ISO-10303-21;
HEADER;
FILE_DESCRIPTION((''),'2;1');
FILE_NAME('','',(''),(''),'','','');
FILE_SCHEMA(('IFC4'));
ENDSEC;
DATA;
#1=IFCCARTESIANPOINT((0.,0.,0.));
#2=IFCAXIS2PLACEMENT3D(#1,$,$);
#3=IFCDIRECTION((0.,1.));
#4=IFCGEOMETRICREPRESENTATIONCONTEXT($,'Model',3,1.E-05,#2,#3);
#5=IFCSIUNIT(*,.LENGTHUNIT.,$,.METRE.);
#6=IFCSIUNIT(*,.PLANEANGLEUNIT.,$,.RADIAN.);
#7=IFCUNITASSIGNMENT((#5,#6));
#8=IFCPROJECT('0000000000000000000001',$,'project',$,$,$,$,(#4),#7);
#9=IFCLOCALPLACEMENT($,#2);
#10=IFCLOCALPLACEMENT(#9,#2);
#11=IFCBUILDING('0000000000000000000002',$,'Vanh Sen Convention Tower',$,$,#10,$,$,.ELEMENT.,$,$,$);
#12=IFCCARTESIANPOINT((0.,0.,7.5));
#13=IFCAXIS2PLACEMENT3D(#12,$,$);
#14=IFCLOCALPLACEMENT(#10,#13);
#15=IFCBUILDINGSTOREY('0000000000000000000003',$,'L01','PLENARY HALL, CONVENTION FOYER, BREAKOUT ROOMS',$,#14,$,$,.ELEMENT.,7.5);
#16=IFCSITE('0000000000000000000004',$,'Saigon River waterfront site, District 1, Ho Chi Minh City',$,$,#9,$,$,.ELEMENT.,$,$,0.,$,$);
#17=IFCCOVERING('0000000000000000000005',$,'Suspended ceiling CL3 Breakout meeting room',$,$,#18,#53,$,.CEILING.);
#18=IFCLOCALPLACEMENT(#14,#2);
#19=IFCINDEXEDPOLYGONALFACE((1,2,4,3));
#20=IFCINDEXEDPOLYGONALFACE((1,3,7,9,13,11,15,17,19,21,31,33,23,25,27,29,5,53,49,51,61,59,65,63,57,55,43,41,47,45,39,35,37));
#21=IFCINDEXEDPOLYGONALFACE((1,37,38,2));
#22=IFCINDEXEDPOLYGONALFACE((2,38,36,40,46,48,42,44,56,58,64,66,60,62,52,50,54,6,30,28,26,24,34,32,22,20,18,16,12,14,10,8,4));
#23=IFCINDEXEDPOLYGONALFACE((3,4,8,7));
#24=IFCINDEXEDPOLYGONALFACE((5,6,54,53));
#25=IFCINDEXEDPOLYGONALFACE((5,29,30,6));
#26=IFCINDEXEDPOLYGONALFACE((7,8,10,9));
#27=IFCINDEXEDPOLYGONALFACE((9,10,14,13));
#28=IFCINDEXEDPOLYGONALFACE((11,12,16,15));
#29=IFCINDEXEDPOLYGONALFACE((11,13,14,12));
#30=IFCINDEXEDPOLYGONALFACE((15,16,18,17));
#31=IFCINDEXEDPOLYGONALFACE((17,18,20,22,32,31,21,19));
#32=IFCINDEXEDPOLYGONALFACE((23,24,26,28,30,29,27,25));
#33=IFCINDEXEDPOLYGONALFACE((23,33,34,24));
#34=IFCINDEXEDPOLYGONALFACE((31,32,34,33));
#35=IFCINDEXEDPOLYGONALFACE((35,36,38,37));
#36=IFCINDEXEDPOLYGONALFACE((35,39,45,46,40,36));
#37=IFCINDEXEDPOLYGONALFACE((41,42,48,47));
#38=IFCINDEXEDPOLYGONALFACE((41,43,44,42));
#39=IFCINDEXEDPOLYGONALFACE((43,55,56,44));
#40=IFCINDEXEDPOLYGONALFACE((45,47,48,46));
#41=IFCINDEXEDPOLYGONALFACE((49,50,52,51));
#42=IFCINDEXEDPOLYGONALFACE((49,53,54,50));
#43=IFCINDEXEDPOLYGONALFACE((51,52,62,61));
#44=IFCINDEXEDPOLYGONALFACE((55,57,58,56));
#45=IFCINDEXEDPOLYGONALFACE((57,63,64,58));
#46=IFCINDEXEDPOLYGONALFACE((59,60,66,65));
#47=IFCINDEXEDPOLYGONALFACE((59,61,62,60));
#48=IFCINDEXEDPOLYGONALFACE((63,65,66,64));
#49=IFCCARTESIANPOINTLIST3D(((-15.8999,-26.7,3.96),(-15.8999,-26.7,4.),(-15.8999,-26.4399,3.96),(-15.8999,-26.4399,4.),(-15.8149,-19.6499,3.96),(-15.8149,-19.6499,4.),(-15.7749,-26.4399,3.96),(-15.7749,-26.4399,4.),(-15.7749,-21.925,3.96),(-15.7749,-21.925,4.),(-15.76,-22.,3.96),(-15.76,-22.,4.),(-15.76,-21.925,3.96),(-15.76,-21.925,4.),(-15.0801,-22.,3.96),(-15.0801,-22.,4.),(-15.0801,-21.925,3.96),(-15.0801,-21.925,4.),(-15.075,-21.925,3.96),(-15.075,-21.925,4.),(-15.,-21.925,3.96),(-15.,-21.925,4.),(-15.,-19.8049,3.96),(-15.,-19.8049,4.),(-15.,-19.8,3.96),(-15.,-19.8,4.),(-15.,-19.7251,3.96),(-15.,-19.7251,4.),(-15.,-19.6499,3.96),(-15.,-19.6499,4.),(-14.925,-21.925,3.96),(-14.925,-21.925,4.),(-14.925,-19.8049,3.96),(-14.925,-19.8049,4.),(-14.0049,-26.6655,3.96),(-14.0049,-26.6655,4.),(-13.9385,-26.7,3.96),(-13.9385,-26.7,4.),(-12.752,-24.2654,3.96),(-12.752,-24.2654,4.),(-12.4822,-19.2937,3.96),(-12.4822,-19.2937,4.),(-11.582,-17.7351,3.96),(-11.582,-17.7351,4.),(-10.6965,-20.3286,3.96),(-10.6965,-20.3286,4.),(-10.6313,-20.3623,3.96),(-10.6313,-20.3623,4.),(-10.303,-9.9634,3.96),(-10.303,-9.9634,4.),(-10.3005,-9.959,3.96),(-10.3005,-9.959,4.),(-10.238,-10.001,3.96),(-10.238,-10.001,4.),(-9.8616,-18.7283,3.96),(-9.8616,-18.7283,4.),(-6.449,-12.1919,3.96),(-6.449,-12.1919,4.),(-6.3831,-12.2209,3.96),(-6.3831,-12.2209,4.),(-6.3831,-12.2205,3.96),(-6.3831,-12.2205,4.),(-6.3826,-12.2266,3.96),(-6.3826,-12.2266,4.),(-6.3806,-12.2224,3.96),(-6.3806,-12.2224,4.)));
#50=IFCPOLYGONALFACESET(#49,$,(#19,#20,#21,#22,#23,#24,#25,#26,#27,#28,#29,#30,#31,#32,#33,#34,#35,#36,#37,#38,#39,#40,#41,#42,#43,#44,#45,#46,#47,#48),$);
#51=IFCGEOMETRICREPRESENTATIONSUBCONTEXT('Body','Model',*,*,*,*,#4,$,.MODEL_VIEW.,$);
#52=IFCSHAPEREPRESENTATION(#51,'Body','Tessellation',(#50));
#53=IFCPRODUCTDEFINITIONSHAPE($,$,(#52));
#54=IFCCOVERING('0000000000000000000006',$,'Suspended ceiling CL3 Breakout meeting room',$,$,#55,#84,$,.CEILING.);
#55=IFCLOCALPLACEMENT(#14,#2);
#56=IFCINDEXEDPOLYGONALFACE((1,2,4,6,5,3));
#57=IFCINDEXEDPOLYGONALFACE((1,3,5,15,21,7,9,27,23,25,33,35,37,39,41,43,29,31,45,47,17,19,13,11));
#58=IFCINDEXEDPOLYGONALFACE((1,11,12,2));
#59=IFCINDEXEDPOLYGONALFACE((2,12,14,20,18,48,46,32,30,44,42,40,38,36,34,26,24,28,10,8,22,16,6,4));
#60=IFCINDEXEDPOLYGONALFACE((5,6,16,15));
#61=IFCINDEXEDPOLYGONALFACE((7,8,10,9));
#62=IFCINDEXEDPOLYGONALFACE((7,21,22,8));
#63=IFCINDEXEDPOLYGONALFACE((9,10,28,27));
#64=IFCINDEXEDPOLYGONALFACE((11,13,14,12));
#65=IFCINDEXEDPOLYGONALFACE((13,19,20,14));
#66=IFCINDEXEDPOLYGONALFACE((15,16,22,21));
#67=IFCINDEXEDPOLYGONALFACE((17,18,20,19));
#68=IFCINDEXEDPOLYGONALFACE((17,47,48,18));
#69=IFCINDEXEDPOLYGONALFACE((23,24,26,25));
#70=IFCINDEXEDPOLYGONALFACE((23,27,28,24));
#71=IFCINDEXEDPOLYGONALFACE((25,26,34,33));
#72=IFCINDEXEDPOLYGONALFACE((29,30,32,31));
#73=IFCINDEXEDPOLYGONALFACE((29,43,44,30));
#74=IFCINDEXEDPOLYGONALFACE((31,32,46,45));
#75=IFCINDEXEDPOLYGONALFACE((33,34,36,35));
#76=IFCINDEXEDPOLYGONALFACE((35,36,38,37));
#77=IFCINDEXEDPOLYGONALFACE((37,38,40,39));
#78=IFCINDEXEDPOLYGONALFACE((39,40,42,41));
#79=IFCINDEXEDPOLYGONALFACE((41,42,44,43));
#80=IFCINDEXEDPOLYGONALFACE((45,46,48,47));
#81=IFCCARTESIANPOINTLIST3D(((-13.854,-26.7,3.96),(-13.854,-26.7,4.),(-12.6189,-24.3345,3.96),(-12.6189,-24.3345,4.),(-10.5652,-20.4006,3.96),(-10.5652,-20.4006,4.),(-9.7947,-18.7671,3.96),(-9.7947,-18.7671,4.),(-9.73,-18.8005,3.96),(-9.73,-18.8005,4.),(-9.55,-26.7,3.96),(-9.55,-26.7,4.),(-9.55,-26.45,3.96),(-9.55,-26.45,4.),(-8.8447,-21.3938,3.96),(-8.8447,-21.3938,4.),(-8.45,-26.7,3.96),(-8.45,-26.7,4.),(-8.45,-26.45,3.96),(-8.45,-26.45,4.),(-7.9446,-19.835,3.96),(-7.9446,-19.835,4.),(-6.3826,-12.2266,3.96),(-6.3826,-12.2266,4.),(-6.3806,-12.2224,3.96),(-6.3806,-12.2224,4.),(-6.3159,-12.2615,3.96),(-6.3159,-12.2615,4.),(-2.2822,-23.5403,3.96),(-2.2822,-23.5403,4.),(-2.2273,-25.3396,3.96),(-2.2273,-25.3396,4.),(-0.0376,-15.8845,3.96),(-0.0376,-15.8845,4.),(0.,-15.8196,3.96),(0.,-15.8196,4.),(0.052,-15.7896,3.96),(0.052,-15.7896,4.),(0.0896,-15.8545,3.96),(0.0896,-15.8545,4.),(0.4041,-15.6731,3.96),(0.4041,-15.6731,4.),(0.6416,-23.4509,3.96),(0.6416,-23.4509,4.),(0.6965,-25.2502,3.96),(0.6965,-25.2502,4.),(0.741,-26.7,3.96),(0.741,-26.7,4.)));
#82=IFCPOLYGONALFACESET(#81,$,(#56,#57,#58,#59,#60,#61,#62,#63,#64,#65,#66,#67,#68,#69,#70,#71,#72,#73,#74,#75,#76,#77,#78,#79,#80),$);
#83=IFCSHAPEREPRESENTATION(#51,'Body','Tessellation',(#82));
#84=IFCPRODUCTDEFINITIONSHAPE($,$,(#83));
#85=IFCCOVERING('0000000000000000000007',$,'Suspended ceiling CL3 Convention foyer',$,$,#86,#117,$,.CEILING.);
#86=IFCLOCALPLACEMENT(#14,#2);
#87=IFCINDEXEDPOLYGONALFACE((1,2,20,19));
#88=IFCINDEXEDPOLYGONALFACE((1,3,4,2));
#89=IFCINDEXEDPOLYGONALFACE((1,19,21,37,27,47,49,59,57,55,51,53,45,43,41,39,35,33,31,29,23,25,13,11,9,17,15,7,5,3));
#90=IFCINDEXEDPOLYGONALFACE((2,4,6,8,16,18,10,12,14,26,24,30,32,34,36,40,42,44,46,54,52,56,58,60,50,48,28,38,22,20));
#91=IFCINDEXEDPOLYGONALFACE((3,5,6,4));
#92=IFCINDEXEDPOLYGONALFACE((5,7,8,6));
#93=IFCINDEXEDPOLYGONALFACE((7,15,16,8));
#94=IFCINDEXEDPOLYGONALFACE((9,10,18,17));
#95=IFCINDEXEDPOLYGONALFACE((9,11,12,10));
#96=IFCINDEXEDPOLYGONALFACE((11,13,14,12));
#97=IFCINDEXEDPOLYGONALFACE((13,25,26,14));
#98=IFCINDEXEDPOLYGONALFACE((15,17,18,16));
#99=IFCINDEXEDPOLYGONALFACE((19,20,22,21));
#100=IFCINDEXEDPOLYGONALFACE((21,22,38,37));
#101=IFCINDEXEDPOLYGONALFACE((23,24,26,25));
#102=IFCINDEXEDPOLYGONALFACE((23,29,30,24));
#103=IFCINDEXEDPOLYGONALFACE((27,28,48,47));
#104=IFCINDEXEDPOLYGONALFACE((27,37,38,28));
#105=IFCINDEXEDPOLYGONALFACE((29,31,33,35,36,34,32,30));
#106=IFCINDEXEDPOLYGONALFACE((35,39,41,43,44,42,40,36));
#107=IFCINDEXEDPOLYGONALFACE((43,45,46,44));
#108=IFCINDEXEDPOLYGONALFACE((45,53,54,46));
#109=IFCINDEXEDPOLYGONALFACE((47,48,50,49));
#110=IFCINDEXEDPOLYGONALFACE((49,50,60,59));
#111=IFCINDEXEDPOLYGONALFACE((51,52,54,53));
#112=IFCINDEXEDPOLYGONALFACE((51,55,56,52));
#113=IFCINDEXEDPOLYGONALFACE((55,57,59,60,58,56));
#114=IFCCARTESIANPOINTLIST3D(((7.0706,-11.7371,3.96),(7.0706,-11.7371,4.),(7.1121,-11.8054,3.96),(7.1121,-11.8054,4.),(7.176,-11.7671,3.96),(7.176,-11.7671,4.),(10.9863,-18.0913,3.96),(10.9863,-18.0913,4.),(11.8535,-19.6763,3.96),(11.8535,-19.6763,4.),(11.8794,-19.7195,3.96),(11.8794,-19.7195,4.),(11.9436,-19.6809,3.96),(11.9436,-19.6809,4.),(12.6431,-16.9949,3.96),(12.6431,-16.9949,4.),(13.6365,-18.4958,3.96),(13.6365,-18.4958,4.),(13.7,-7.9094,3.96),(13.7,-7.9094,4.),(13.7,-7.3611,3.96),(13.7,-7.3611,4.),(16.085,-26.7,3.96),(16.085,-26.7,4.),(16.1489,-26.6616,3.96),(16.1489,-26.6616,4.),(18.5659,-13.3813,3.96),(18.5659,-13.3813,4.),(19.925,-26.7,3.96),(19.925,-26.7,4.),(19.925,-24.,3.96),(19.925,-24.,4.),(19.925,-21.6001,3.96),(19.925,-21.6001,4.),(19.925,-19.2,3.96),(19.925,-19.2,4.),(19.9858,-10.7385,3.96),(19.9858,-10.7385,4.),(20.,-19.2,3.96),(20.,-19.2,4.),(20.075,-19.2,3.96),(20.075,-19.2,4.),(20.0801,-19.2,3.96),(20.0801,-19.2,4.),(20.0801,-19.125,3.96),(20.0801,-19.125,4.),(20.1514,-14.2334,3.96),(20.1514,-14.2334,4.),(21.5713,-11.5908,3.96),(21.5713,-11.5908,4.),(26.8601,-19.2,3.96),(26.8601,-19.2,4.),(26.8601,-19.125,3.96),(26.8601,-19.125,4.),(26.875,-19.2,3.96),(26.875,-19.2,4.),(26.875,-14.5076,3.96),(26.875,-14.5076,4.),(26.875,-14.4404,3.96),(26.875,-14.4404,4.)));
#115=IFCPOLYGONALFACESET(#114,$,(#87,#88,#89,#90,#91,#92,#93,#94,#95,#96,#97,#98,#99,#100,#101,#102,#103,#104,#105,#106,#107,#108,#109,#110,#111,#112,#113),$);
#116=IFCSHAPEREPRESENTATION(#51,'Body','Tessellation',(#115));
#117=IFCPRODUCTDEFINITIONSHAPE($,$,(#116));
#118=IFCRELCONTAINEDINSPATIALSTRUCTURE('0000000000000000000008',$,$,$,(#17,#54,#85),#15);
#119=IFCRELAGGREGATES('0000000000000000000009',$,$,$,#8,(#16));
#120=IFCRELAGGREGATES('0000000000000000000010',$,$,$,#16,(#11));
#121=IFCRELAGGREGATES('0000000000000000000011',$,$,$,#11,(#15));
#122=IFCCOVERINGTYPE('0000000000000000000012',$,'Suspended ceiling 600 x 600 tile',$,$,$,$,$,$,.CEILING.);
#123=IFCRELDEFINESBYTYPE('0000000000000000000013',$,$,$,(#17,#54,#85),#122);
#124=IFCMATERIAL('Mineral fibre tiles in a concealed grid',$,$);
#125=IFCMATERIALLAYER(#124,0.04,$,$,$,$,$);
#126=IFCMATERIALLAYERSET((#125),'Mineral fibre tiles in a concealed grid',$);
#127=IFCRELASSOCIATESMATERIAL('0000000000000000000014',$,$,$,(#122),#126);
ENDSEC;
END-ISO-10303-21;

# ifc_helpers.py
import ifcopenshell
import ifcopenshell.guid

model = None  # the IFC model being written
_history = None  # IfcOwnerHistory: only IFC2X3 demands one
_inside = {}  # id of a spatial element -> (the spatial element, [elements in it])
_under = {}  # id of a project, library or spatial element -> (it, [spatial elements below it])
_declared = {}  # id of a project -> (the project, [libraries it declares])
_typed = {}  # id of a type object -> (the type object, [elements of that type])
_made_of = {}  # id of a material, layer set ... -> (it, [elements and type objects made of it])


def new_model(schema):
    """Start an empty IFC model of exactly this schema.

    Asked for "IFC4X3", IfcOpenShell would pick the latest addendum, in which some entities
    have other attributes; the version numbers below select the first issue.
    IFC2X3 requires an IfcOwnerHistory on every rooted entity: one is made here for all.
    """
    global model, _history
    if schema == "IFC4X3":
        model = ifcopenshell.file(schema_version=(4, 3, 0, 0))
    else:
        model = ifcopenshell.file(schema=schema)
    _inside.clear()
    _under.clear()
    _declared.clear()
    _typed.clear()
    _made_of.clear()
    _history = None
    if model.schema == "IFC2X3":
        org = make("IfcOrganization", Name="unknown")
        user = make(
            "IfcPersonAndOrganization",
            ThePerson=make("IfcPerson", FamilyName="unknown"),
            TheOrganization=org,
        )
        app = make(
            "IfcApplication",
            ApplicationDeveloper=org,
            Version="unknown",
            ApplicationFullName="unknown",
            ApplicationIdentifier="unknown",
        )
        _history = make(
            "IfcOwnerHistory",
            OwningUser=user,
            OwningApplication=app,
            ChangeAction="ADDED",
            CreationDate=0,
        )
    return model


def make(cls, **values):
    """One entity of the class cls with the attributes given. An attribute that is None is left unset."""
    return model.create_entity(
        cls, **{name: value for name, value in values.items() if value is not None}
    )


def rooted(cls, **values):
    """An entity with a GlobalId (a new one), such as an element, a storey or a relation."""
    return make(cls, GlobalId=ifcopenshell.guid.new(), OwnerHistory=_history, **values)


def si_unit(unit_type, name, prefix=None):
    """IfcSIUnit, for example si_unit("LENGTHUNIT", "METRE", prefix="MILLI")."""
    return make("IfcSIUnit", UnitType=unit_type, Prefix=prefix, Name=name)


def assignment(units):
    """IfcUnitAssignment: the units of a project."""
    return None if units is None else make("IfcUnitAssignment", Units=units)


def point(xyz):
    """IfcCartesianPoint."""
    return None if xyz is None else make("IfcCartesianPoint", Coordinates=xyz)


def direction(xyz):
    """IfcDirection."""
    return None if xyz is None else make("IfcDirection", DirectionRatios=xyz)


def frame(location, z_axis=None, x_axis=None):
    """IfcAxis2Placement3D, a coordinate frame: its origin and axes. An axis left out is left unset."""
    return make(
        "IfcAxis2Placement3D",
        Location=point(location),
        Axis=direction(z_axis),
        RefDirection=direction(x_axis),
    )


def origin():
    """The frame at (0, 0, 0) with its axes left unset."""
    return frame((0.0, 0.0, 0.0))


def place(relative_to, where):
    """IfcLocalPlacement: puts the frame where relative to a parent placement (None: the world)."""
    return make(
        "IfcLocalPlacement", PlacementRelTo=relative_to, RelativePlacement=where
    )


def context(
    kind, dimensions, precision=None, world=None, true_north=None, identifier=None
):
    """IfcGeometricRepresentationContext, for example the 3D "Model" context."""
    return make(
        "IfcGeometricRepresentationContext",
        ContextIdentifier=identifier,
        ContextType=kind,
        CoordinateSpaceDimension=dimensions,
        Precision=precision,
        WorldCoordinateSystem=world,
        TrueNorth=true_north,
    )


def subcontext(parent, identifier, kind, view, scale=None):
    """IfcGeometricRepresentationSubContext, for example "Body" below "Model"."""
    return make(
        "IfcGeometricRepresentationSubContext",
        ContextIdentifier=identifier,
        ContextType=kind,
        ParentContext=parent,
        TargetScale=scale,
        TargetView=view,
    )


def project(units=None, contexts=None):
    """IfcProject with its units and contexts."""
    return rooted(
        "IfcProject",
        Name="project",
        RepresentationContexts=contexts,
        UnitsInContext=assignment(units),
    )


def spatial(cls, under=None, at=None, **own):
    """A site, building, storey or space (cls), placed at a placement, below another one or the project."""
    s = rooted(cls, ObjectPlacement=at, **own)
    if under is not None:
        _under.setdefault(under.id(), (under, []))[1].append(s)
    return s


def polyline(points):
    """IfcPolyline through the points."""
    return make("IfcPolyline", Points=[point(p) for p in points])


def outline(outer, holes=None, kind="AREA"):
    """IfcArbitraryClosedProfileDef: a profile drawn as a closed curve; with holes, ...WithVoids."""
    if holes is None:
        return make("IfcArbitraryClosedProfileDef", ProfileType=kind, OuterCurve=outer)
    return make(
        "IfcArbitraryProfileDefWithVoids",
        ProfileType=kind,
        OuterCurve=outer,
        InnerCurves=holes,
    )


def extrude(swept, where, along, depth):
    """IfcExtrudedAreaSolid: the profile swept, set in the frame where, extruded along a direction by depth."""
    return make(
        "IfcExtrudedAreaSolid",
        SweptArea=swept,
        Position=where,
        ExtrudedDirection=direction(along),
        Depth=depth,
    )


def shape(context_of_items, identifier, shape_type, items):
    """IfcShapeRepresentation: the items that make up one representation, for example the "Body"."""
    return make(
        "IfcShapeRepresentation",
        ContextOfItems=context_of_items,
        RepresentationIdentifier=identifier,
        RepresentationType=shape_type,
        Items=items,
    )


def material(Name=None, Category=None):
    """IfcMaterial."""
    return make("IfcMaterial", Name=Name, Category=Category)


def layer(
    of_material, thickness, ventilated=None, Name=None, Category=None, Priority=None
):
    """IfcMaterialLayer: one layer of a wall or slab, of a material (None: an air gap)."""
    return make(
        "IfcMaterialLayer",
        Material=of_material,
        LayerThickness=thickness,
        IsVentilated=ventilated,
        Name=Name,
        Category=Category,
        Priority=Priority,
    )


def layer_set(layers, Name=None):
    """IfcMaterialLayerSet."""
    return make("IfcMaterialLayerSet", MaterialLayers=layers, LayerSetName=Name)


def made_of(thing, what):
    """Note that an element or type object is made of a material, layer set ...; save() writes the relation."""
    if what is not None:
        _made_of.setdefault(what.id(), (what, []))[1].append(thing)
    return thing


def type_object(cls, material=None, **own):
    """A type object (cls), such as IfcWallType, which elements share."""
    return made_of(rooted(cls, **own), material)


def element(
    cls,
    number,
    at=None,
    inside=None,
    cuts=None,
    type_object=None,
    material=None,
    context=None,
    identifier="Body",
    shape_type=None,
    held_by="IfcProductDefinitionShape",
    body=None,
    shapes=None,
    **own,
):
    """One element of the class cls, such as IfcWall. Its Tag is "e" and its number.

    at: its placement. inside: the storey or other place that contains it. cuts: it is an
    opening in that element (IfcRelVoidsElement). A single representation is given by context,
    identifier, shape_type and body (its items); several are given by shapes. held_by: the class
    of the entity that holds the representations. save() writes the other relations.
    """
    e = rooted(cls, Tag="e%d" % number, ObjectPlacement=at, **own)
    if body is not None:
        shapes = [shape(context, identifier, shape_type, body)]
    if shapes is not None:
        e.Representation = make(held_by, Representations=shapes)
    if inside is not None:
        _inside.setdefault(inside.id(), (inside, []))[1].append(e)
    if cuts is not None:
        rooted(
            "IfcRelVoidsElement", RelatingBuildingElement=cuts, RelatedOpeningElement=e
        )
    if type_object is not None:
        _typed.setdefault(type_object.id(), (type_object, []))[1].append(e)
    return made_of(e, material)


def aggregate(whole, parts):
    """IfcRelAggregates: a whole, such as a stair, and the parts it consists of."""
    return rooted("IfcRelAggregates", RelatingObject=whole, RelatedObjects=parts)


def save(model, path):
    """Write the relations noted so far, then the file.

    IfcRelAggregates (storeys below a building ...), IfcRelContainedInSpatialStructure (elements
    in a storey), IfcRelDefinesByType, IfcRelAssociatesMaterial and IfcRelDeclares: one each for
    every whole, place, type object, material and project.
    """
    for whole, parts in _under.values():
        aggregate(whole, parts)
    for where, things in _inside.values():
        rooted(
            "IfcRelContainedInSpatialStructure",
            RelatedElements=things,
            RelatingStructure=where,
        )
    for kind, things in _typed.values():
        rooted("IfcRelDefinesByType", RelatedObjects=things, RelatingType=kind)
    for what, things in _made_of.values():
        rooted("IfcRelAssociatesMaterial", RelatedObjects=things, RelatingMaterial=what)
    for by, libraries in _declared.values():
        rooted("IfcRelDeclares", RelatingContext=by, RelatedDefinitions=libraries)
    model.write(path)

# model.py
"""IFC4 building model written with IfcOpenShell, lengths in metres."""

from ifc_helpers import new_model, si_unit, direction, frame, origin, place, context, subcontext, project, spatial, polyline, outline, extrude, material, layer, layer_set, type_object, element, save


model = new_model("IFC4")

# Units and contexts
model_context = context("Model", 3, precision=1e-05, world=origin(), true_north=direction((0.0, 1.0)))
body_context = subcontext(model_context, "Body", "Model", "MODEL_VIEW")
ifc_project = project(units=[si_unit("LENGTHUNIT", "METRE"), si_unit("PLANEANGLEUNIT", "RADIAN")], contexts=[model_context])

# Site, building, storey
site_placement = place(None, origin())
site = spatial("IfcSite", under=ifc_project, at=site_placement, Name="Saigon River waterfront site, District 1, Ho Chi Minh City", CompositionType="ELEMENT", RefElevation=0.0)
building_placement = place(site_placement, origin())
building = spatial("IfcBuilding", under=site, at=building_placement, Name="Vanh Sen Convention Tower", CompositionType="ELEMENT")
storey_placement = place(building_placement, frame((0.0, 0.0, 7.5)))
storey = spatial("IfcBuildingStorey", under=building, at=storey_placement, Name="L01", Description="PLENARY HALL, CONVENTION FOYER, BREAKOUT ROOMS", CompositionType="ELEMENT", Elevation=7.5)

# Coverings
ifc_material_1 = material(Name="Mineral fibre tiles in a concealed grid")
ifc_layer_1 = layer(ifc_material_1, 0.04)
ifc_layer_set_1 = layer_set([ifc_layer_1], Name="Mineral fibre tiles in a concealed grid")
covering_type = type_object("IfcCoveringType", Name="Suspended ceiling 600 x 600 tile", PredefinedType="CEILING", material=ifc_layer_set_1)
covering_1_placement = place(storey_placement, frame((0.0, 0.0, 3.96)))
element("IfcCovering", 1, at=covering_1_placement, inside=storey, type_object=covering_type, Name="Suspended ceiling CL3 Breakout meeting room", PredefinedType="CEILING", context=body_context, shape_type="SweptSolid", body=[
    extrude(outline(polyline([(-15.0, -19.7251), (-15.0, -19.8), (-15.0, -19.8049), (-14.925, -19.8049), (-14.925, -21.925), (-15.0, -21.925), (-15.075, -21.925), (-15.0801, -21.925), (-15.0801, -22.0), (-15.76, -22.0), (-15.76, -21.925), (-15.7749, -21.925), (-15.7749, -26.4399), (-15.8999, -26.4399), (-15.8999, -26.7), (-13.9385, -26.7), (-14.0049, -26.6655), (-12.752, -24.2654), (-10.6965, -20.3286), (-10.6313, -20.3623), (-12.4822, -19.2937), (-11.582, -17.7351), (-9.8616, -18.7283), (-6.449, -12.1919), (-6.3826, -12.2266), (-6.3806, -12.2224), (-6.3831, -12.2209), (-6.3831, -12.2205), (-10.3005, -9.959), (-10.303, -9.9634), (-10.238, -10.001), (-15.8149, -19.6499), (-15.0, -19.6499), (-15.0, -19.7251)])), origin(), (0.0, 0.0, 1.0), 0.04),
])
covering_2_placement = place(storey_placement, frame((0.0, 0.0, 3.96)))
element("IfcCovering", 2, at=covering_2_placement, inside=storey, type_object=covering_type, Name="Suspended ceiling CL3 Breakout meeting room", PredefinedType="CEILING", context=body_context, shape_type="SweptSolid", body=[
    extrude(outline(polyline([(0.0896, -15.8545), (0.052, -15.7896), (0.0, -15.8196), (-0.0376, -15.8845), (-6.3806, -12.2224), (-6.3826, -12.2266), (-6.3159, -12.2615), (-9.73, -18.8005), (-9.7947, -18.7671), (-7.9446, -19.835), (-8.8447, -21.3938), (-10.5652, -20.4006), (-12.6189, -24.3345), (-13.854, -26.7), (-9.55, -26.7), (-9.55, -26.45), (-8.45, -26.45), (-8.45, -26.7), (0.741, -26.7), (0.6965, -25.2502), (-2.2273, -25.3396), (-2.2822, -23.5403), (0.6416, -23.4509), (0.4041, -15.6731), (0.0896, -15.8545)])), origin(), (0.0, 0.0, 1.0), 0.04),
])
covering_3_placement = place(storey_placement, frame((0.0, 0.0, 3.96)))
element("IfcCovering", 3, at=covering_3_placement, inside=storey, type_object=covering_type, Name="Suspended ceiling CL3 Convention foyer", PredefinedType="CEILING", context=body_context, shape_type="SweptSolid", body=[
    extrude(outline(polyline([(26.8601, -19.125), (26.8601, -19.2), (26.875, -19.2), (26.875, -14.5076), (26.875, -14.4404), (21.5713, -11.5908), (20.1514, -14.2334), (18.5659, -13.3813), (19.9858, -10.7385), (13.7, -7.3611), (13.7, -7.9094), (7.0706, -11.7371), (7.1121, -11.8054), (7.176, -11.7671), (10.9863, -18.0913), (12.6431, -16.9949), (13.6365, -18.4958), (11.8535, -19.6763), (11.8794, -19.7195), (11.9436, -19.6809), (16.1489, -26.6616), (16.085, -26.7), (19.925, -26.7), (19.925, -24.0), (19.925, -21.6001), (19.925, -19.2), (20.0, -19.2), (20.075, -19.2), (20.0801, -19.2), (20.0801, -19.125), (26.8601, -19.125)])), origin(), (0.0, 0.0, 1.0), 0.04),
])

save(model, "model.ifc")
